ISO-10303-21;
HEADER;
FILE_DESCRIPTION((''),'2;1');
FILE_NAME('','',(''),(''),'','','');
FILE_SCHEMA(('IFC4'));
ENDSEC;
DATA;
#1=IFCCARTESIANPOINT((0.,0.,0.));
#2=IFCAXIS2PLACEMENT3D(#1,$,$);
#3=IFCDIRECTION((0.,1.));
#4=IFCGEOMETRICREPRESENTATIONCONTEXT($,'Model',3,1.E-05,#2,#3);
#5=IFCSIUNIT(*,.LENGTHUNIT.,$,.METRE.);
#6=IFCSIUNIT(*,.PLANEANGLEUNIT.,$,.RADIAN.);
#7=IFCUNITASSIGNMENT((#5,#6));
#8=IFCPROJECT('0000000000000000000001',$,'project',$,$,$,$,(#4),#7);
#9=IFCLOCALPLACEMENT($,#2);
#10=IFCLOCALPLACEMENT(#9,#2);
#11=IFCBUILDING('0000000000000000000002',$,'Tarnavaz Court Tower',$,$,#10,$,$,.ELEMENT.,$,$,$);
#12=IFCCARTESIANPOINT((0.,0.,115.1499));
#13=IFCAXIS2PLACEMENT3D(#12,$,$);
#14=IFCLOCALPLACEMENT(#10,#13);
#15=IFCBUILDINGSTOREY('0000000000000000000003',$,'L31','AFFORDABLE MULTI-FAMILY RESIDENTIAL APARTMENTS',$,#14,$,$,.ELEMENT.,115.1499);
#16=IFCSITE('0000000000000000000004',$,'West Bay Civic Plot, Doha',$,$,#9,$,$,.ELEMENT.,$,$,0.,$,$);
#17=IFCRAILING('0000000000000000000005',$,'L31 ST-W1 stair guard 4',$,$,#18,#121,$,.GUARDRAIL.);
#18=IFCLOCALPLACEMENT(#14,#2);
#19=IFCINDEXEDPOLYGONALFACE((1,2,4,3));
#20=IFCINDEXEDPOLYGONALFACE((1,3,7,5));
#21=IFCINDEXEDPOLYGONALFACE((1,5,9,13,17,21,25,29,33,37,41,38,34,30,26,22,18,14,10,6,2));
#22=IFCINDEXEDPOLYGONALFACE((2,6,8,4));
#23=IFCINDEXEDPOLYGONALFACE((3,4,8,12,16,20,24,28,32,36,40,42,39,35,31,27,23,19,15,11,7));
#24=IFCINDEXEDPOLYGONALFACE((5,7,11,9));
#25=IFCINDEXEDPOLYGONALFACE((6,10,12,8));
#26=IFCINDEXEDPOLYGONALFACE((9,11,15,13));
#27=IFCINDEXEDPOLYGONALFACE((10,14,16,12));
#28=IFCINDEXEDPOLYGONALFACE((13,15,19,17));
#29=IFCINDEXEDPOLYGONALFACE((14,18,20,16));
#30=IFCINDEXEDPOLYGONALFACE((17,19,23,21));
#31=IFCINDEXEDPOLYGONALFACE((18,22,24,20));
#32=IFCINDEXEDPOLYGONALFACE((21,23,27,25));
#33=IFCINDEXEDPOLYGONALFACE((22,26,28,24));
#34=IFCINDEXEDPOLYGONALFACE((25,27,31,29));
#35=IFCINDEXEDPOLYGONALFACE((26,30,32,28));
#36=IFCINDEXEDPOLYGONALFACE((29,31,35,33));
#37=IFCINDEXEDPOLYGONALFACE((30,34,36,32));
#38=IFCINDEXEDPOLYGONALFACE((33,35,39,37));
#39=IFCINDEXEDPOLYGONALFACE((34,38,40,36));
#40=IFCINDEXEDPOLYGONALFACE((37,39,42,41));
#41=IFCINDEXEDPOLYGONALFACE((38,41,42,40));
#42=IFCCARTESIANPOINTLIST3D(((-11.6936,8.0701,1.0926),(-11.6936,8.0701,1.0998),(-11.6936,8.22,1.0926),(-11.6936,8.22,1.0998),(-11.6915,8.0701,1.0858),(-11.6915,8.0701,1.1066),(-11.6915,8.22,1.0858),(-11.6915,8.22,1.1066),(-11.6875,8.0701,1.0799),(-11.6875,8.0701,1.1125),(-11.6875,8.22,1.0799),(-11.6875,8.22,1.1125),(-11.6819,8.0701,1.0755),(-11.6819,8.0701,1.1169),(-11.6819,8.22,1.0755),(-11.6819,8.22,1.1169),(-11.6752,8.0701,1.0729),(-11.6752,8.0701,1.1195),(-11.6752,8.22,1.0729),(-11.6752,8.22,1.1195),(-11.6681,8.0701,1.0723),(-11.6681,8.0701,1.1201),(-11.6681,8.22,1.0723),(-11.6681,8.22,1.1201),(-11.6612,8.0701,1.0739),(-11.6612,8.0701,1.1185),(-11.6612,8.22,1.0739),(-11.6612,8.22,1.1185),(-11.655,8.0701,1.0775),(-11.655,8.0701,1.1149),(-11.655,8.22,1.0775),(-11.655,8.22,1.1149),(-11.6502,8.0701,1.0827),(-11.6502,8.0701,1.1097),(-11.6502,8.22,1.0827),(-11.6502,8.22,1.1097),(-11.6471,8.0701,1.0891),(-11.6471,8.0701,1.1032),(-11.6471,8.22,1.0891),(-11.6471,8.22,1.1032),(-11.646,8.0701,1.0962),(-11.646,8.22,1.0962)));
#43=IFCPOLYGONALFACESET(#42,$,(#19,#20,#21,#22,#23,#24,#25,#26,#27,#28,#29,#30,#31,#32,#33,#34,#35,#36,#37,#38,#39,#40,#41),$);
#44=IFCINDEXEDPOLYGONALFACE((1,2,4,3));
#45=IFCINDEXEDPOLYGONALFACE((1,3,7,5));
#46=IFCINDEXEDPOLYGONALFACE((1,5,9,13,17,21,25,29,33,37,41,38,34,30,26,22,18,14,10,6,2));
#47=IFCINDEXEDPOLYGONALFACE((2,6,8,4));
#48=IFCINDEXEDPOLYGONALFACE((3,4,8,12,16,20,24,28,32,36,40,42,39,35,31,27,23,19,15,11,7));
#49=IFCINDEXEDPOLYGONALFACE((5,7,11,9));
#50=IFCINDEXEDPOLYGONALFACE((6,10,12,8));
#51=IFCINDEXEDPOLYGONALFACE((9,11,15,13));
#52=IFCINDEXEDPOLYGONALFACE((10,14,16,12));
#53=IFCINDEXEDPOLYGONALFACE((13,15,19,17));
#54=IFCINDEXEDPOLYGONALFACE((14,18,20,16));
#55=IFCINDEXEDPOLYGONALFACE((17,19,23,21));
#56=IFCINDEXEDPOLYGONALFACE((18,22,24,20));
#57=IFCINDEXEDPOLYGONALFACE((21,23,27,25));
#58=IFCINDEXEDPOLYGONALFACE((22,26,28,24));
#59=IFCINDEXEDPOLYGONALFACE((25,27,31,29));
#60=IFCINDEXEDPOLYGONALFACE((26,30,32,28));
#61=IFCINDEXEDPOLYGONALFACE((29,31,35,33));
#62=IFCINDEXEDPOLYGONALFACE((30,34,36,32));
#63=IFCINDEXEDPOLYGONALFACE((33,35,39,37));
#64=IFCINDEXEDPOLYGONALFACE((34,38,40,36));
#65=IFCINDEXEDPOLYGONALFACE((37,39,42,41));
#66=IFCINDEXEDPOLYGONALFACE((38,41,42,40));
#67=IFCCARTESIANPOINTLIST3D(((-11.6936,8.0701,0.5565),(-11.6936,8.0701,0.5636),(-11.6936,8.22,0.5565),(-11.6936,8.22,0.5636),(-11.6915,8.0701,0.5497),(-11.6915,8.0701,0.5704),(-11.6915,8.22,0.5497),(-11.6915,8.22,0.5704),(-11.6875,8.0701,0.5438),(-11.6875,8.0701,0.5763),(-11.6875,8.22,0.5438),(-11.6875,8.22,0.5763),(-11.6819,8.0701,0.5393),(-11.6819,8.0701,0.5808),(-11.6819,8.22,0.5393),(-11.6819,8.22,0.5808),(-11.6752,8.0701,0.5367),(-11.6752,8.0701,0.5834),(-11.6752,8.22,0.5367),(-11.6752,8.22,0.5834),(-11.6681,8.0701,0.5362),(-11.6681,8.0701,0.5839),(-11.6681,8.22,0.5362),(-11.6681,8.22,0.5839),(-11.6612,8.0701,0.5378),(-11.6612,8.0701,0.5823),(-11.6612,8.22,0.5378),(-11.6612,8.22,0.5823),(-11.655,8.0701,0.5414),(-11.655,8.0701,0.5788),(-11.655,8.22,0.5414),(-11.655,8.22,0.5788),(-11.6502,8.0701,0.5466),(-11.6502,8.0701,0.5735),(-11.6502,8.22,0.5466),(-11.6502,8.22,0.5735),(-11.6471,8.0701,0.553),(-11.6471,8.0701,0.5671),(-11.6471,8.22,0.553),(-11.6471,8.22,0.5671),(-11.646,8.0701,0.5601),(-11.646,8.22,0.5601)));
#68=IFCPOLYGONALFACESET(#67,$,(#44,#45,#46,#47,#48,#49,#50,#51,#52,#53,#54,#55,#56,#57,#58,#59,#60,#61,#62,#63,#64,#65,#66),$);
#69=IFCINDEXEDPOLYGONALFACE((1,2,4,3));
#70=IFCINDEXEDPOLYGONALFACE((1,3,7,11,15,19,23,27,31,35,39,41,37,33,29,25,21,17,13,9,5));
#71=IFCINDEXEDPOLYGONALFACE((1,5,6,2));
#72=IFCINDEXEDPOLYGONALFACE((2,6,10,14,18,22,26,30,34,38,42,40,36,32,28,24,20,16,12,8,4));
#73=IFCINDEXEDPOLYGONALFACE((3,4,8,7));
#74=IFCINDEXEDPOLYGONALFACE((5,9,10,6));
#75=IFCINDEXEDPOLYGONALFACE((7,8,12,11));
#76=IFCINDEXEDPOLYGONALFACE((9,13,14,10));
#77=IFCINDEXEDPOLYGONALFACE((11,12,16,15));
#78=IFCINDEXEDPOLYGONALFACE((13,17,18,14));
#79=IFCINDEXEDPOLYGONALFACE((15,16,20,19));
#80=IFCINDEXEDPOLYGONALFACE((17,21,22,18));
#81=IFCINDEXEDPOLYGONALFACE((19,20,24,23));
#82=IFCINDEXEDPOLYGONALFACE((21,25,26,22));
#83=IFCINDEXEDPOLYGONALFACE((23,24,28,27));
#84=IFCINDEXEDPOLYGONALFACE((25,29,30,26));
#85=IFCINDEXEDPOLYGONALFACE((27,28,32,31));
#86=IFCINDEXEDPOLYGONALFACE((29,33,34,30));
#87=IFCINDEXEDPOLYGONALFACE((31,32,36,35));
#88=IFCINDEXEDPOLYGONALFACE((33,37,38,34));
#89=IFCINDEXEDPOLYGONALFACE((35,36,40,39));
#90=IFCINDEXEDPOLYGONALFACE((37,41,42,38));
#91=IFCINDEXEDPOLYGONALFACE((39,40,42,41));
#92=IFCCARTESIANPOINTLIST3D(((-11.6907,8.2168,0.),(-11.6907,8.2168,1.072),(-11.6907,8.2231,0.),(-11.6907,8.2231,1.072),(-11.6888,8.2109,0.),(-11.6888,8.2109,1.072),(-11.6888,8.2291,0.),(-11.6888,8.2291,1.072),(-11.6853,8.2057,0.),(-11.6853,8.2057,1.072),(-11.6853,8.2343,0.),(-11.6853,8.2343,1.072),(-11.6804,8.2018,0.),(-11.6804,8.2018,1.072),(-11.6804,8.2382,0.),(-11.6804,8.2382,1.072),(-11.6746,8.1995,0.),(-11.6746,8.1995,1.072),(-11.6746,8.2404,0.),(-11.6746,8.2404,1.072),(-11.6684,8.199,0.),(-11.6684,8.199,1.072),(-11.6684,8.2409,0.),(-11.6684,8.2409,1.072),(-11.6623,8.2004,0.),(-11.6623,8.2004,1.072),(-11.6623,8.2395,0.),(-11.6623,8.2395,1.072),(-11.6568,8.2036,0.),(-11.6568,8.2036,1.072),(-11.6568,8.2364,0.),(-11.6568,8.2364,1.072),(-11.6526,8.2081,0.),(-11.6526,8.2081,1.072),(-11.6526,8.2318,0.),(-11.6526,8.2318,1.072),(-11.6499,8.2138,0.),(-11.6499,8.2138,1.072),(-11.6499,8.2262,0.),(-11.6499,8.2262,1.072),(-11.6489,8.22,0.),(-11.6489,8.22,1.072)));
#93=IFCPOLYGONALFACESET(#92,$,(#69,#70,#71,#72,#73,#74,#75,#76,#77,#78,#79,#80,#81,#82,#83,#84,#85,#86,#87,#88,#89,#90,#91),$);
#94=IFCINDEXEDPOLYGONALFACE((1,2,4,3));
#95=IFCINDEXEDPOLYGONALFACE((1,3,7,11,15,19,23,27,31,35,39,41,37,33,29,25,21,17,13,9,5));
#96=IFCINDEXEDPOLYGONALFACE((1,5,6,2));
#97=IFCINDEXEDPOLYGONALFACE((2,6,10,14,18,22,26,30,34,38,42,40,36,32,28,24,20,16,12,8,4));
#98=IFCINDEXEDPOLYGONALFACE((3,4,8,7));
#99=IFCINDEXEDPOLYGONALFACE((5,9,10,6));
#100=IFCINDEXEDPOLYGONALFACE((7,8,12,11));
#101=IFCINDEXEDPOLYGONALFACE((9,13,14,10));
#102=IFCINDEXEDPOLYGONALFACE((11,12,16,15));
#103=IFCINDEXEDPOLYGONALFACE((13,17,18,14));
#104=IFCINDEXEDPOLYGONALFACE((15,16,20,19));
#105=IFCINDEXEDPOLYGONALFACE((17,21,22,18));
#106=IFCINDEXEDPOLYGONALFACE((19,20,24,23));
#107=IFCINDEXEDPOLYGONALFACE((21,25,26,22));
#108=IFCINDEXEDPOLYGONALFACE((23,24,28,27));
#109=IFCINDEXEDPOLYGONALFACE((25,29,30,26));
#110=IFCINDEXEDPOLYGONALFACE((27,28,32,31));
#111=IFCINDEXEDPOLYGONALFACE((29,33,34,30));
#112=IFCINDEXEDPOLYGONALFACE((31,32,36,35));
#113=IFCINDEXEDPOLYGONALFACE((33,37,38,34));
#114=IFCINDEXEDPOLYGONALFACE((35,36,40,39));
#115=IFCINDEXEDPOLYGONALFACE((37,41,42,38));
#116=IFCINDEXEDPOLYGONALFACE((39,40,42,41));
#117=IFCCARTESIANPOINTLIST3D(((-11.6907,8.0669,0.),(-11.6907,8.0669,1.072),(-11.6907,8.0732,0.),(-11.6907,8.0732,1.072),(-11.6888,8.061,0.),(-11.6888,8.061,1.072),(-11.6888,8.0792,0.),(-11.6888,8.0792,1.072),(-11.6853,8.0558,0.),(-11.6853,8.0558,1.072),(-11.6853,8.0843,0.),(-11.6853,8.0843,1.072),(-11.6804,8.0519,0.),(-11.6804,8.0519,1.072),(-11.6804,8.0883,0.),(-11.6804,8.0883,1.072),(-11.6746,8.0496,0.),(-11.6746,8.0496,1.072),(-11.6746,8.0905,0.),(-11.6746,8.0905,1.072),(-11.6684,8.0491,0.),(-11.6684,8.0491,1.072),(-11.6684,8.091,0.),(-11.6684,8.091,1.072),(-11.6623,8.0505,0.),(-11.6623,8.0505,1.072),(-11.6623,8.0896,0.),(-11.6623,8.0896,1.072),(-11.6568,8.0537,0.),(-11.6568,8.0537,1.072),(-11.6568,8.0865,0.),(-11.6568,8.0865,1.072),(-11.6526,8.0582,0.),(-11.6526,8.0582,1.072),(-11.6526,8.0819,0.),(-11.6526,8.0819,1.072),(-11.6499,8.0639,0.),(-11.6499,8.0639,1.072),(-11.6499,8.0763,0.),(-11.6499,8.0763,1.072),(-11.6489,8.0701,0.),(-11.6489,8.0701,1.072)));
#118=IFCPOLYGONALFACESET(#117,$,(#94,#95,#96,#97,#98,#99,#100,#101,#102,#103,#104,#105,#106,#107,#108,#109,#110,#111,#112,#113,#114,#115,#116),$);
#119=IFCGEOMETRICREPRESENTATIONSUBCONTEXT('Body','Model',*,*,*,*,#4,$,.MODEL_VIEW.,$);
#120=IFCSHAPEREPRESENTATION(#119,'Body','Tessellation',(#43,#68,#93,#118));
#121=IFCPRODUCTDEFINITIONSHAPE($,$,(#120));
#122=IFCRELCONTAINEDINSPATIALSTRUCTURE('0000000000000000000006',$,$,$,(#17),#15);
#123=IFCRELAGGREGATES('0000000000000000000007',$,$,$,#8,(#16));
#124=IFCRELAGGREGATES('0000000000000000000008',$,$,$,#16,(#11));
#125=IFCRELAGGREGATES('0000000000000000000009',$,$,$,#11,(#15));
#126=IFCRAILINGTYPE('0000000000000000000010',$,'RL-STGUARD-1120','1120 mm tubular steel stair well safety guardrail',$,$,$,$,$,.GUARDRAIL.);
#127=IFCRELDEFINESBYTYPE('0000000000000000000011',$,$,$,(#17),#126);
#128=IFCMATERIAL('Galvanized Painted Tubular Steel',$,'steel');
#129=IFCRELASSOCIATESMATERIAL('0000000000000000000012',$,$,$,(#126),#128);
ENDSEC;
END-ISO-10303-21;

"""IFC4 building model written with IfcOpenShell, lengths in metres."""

from ifc_helpers import new_model, si_unit, direction, frame, origin, origin_2d, place, context, subcontext, project, spatial, circle, extrude, material, type_object, element, save


model = new_model("IFC4")

# Units and contexts
model_context = context("Model", 3, precision=1e-05, world=origin(), true_north=direction((0.0, 1.0)))
body_context = subcontext(model_context, "Body", "Model", "MODEL_VIEW")
ifc_project = project(units=[si_unit("LENGTHUNIT", "METRE"), si_unit("PLANEANGLEUNIT", "RADIAN")], contexts=[model_context])

# Site, building, storey
site_placement = place(None, origin())
site = spatial("IfcSite", under=ifc_project, at=site_placement, Name="West Bay Civic Plot, Doha", CompositionType="ELEMENT", RefElevation=0.0)
building_placement = place(site_placement, origin())
building = spatial("IfcBuilding", under=site, at=building_placement, Name="Tarnavaz Court Tower", CompositionType="ELEMENT")
storey_placement = place(building_placement, frame((0.0, 0.0, 115.1499)))
storey = spatial("IfcBuildingStorey", under=building, at=storey_placement, Name="L31", Description="AFFORDABLE MULTI-FAMILY RESIDENTIAL APARTMENTS", CompositionType="ELEMENT", Elevation=115.1499)

# Railing
ifc_material_1 = material(Name="Galvanized Painted Tubular Steel", Category="steel")
railing_type_1 = type_object("IfcRailingType", Name="RL-STGUARD-1120", Description="1120 mm tubular steel stair well safety guardrail", PredefinedType="GUARDRAIL", material=ifc_material_1)
railing_1_placement = place(storey_placement, frame((-11.6699, 8.22, 0.0)))
element("IfcRailing", 1, at=railing_1_placement, inside=storey, type_object=railing_type_1, Name="L31 ST-W1 stair guard 4", PredefinedType="GUARDRAIL", context=body_context, shape_type="SweptSolid", body=[
    extrude(circle(Radius=0.0239, at=origin_2d()), frame((0.0, 0.0, 1.0962), z_axis=(0.0, -1.0, 0.0), x_axis=(1.0, 0.0, 0.0)), (0.0, 0.0, 1.0), 0.1499),
    extrude(circle(Radius=0.0239, at=origin_2d()), frame((0.0, 0.0, 0.5601), z_axis=(0.0, -1.0, 0.0), x_axis=(1.0, 0.0, 0.0)), (0.0, 0.0, 1.0), 0.1499),
    extrude(circle(Radius=0.021, at=origin_2d()), origin(), (0.0, 0.0, 1.0), 1.072),
    extrude(circle(Radius=0.021, at=origin_2d()), frame((0.0, -0.1499, 0.0)), (0.0, 0.0, 1.0), 1.072),
])

save(model, "model.ifc")
